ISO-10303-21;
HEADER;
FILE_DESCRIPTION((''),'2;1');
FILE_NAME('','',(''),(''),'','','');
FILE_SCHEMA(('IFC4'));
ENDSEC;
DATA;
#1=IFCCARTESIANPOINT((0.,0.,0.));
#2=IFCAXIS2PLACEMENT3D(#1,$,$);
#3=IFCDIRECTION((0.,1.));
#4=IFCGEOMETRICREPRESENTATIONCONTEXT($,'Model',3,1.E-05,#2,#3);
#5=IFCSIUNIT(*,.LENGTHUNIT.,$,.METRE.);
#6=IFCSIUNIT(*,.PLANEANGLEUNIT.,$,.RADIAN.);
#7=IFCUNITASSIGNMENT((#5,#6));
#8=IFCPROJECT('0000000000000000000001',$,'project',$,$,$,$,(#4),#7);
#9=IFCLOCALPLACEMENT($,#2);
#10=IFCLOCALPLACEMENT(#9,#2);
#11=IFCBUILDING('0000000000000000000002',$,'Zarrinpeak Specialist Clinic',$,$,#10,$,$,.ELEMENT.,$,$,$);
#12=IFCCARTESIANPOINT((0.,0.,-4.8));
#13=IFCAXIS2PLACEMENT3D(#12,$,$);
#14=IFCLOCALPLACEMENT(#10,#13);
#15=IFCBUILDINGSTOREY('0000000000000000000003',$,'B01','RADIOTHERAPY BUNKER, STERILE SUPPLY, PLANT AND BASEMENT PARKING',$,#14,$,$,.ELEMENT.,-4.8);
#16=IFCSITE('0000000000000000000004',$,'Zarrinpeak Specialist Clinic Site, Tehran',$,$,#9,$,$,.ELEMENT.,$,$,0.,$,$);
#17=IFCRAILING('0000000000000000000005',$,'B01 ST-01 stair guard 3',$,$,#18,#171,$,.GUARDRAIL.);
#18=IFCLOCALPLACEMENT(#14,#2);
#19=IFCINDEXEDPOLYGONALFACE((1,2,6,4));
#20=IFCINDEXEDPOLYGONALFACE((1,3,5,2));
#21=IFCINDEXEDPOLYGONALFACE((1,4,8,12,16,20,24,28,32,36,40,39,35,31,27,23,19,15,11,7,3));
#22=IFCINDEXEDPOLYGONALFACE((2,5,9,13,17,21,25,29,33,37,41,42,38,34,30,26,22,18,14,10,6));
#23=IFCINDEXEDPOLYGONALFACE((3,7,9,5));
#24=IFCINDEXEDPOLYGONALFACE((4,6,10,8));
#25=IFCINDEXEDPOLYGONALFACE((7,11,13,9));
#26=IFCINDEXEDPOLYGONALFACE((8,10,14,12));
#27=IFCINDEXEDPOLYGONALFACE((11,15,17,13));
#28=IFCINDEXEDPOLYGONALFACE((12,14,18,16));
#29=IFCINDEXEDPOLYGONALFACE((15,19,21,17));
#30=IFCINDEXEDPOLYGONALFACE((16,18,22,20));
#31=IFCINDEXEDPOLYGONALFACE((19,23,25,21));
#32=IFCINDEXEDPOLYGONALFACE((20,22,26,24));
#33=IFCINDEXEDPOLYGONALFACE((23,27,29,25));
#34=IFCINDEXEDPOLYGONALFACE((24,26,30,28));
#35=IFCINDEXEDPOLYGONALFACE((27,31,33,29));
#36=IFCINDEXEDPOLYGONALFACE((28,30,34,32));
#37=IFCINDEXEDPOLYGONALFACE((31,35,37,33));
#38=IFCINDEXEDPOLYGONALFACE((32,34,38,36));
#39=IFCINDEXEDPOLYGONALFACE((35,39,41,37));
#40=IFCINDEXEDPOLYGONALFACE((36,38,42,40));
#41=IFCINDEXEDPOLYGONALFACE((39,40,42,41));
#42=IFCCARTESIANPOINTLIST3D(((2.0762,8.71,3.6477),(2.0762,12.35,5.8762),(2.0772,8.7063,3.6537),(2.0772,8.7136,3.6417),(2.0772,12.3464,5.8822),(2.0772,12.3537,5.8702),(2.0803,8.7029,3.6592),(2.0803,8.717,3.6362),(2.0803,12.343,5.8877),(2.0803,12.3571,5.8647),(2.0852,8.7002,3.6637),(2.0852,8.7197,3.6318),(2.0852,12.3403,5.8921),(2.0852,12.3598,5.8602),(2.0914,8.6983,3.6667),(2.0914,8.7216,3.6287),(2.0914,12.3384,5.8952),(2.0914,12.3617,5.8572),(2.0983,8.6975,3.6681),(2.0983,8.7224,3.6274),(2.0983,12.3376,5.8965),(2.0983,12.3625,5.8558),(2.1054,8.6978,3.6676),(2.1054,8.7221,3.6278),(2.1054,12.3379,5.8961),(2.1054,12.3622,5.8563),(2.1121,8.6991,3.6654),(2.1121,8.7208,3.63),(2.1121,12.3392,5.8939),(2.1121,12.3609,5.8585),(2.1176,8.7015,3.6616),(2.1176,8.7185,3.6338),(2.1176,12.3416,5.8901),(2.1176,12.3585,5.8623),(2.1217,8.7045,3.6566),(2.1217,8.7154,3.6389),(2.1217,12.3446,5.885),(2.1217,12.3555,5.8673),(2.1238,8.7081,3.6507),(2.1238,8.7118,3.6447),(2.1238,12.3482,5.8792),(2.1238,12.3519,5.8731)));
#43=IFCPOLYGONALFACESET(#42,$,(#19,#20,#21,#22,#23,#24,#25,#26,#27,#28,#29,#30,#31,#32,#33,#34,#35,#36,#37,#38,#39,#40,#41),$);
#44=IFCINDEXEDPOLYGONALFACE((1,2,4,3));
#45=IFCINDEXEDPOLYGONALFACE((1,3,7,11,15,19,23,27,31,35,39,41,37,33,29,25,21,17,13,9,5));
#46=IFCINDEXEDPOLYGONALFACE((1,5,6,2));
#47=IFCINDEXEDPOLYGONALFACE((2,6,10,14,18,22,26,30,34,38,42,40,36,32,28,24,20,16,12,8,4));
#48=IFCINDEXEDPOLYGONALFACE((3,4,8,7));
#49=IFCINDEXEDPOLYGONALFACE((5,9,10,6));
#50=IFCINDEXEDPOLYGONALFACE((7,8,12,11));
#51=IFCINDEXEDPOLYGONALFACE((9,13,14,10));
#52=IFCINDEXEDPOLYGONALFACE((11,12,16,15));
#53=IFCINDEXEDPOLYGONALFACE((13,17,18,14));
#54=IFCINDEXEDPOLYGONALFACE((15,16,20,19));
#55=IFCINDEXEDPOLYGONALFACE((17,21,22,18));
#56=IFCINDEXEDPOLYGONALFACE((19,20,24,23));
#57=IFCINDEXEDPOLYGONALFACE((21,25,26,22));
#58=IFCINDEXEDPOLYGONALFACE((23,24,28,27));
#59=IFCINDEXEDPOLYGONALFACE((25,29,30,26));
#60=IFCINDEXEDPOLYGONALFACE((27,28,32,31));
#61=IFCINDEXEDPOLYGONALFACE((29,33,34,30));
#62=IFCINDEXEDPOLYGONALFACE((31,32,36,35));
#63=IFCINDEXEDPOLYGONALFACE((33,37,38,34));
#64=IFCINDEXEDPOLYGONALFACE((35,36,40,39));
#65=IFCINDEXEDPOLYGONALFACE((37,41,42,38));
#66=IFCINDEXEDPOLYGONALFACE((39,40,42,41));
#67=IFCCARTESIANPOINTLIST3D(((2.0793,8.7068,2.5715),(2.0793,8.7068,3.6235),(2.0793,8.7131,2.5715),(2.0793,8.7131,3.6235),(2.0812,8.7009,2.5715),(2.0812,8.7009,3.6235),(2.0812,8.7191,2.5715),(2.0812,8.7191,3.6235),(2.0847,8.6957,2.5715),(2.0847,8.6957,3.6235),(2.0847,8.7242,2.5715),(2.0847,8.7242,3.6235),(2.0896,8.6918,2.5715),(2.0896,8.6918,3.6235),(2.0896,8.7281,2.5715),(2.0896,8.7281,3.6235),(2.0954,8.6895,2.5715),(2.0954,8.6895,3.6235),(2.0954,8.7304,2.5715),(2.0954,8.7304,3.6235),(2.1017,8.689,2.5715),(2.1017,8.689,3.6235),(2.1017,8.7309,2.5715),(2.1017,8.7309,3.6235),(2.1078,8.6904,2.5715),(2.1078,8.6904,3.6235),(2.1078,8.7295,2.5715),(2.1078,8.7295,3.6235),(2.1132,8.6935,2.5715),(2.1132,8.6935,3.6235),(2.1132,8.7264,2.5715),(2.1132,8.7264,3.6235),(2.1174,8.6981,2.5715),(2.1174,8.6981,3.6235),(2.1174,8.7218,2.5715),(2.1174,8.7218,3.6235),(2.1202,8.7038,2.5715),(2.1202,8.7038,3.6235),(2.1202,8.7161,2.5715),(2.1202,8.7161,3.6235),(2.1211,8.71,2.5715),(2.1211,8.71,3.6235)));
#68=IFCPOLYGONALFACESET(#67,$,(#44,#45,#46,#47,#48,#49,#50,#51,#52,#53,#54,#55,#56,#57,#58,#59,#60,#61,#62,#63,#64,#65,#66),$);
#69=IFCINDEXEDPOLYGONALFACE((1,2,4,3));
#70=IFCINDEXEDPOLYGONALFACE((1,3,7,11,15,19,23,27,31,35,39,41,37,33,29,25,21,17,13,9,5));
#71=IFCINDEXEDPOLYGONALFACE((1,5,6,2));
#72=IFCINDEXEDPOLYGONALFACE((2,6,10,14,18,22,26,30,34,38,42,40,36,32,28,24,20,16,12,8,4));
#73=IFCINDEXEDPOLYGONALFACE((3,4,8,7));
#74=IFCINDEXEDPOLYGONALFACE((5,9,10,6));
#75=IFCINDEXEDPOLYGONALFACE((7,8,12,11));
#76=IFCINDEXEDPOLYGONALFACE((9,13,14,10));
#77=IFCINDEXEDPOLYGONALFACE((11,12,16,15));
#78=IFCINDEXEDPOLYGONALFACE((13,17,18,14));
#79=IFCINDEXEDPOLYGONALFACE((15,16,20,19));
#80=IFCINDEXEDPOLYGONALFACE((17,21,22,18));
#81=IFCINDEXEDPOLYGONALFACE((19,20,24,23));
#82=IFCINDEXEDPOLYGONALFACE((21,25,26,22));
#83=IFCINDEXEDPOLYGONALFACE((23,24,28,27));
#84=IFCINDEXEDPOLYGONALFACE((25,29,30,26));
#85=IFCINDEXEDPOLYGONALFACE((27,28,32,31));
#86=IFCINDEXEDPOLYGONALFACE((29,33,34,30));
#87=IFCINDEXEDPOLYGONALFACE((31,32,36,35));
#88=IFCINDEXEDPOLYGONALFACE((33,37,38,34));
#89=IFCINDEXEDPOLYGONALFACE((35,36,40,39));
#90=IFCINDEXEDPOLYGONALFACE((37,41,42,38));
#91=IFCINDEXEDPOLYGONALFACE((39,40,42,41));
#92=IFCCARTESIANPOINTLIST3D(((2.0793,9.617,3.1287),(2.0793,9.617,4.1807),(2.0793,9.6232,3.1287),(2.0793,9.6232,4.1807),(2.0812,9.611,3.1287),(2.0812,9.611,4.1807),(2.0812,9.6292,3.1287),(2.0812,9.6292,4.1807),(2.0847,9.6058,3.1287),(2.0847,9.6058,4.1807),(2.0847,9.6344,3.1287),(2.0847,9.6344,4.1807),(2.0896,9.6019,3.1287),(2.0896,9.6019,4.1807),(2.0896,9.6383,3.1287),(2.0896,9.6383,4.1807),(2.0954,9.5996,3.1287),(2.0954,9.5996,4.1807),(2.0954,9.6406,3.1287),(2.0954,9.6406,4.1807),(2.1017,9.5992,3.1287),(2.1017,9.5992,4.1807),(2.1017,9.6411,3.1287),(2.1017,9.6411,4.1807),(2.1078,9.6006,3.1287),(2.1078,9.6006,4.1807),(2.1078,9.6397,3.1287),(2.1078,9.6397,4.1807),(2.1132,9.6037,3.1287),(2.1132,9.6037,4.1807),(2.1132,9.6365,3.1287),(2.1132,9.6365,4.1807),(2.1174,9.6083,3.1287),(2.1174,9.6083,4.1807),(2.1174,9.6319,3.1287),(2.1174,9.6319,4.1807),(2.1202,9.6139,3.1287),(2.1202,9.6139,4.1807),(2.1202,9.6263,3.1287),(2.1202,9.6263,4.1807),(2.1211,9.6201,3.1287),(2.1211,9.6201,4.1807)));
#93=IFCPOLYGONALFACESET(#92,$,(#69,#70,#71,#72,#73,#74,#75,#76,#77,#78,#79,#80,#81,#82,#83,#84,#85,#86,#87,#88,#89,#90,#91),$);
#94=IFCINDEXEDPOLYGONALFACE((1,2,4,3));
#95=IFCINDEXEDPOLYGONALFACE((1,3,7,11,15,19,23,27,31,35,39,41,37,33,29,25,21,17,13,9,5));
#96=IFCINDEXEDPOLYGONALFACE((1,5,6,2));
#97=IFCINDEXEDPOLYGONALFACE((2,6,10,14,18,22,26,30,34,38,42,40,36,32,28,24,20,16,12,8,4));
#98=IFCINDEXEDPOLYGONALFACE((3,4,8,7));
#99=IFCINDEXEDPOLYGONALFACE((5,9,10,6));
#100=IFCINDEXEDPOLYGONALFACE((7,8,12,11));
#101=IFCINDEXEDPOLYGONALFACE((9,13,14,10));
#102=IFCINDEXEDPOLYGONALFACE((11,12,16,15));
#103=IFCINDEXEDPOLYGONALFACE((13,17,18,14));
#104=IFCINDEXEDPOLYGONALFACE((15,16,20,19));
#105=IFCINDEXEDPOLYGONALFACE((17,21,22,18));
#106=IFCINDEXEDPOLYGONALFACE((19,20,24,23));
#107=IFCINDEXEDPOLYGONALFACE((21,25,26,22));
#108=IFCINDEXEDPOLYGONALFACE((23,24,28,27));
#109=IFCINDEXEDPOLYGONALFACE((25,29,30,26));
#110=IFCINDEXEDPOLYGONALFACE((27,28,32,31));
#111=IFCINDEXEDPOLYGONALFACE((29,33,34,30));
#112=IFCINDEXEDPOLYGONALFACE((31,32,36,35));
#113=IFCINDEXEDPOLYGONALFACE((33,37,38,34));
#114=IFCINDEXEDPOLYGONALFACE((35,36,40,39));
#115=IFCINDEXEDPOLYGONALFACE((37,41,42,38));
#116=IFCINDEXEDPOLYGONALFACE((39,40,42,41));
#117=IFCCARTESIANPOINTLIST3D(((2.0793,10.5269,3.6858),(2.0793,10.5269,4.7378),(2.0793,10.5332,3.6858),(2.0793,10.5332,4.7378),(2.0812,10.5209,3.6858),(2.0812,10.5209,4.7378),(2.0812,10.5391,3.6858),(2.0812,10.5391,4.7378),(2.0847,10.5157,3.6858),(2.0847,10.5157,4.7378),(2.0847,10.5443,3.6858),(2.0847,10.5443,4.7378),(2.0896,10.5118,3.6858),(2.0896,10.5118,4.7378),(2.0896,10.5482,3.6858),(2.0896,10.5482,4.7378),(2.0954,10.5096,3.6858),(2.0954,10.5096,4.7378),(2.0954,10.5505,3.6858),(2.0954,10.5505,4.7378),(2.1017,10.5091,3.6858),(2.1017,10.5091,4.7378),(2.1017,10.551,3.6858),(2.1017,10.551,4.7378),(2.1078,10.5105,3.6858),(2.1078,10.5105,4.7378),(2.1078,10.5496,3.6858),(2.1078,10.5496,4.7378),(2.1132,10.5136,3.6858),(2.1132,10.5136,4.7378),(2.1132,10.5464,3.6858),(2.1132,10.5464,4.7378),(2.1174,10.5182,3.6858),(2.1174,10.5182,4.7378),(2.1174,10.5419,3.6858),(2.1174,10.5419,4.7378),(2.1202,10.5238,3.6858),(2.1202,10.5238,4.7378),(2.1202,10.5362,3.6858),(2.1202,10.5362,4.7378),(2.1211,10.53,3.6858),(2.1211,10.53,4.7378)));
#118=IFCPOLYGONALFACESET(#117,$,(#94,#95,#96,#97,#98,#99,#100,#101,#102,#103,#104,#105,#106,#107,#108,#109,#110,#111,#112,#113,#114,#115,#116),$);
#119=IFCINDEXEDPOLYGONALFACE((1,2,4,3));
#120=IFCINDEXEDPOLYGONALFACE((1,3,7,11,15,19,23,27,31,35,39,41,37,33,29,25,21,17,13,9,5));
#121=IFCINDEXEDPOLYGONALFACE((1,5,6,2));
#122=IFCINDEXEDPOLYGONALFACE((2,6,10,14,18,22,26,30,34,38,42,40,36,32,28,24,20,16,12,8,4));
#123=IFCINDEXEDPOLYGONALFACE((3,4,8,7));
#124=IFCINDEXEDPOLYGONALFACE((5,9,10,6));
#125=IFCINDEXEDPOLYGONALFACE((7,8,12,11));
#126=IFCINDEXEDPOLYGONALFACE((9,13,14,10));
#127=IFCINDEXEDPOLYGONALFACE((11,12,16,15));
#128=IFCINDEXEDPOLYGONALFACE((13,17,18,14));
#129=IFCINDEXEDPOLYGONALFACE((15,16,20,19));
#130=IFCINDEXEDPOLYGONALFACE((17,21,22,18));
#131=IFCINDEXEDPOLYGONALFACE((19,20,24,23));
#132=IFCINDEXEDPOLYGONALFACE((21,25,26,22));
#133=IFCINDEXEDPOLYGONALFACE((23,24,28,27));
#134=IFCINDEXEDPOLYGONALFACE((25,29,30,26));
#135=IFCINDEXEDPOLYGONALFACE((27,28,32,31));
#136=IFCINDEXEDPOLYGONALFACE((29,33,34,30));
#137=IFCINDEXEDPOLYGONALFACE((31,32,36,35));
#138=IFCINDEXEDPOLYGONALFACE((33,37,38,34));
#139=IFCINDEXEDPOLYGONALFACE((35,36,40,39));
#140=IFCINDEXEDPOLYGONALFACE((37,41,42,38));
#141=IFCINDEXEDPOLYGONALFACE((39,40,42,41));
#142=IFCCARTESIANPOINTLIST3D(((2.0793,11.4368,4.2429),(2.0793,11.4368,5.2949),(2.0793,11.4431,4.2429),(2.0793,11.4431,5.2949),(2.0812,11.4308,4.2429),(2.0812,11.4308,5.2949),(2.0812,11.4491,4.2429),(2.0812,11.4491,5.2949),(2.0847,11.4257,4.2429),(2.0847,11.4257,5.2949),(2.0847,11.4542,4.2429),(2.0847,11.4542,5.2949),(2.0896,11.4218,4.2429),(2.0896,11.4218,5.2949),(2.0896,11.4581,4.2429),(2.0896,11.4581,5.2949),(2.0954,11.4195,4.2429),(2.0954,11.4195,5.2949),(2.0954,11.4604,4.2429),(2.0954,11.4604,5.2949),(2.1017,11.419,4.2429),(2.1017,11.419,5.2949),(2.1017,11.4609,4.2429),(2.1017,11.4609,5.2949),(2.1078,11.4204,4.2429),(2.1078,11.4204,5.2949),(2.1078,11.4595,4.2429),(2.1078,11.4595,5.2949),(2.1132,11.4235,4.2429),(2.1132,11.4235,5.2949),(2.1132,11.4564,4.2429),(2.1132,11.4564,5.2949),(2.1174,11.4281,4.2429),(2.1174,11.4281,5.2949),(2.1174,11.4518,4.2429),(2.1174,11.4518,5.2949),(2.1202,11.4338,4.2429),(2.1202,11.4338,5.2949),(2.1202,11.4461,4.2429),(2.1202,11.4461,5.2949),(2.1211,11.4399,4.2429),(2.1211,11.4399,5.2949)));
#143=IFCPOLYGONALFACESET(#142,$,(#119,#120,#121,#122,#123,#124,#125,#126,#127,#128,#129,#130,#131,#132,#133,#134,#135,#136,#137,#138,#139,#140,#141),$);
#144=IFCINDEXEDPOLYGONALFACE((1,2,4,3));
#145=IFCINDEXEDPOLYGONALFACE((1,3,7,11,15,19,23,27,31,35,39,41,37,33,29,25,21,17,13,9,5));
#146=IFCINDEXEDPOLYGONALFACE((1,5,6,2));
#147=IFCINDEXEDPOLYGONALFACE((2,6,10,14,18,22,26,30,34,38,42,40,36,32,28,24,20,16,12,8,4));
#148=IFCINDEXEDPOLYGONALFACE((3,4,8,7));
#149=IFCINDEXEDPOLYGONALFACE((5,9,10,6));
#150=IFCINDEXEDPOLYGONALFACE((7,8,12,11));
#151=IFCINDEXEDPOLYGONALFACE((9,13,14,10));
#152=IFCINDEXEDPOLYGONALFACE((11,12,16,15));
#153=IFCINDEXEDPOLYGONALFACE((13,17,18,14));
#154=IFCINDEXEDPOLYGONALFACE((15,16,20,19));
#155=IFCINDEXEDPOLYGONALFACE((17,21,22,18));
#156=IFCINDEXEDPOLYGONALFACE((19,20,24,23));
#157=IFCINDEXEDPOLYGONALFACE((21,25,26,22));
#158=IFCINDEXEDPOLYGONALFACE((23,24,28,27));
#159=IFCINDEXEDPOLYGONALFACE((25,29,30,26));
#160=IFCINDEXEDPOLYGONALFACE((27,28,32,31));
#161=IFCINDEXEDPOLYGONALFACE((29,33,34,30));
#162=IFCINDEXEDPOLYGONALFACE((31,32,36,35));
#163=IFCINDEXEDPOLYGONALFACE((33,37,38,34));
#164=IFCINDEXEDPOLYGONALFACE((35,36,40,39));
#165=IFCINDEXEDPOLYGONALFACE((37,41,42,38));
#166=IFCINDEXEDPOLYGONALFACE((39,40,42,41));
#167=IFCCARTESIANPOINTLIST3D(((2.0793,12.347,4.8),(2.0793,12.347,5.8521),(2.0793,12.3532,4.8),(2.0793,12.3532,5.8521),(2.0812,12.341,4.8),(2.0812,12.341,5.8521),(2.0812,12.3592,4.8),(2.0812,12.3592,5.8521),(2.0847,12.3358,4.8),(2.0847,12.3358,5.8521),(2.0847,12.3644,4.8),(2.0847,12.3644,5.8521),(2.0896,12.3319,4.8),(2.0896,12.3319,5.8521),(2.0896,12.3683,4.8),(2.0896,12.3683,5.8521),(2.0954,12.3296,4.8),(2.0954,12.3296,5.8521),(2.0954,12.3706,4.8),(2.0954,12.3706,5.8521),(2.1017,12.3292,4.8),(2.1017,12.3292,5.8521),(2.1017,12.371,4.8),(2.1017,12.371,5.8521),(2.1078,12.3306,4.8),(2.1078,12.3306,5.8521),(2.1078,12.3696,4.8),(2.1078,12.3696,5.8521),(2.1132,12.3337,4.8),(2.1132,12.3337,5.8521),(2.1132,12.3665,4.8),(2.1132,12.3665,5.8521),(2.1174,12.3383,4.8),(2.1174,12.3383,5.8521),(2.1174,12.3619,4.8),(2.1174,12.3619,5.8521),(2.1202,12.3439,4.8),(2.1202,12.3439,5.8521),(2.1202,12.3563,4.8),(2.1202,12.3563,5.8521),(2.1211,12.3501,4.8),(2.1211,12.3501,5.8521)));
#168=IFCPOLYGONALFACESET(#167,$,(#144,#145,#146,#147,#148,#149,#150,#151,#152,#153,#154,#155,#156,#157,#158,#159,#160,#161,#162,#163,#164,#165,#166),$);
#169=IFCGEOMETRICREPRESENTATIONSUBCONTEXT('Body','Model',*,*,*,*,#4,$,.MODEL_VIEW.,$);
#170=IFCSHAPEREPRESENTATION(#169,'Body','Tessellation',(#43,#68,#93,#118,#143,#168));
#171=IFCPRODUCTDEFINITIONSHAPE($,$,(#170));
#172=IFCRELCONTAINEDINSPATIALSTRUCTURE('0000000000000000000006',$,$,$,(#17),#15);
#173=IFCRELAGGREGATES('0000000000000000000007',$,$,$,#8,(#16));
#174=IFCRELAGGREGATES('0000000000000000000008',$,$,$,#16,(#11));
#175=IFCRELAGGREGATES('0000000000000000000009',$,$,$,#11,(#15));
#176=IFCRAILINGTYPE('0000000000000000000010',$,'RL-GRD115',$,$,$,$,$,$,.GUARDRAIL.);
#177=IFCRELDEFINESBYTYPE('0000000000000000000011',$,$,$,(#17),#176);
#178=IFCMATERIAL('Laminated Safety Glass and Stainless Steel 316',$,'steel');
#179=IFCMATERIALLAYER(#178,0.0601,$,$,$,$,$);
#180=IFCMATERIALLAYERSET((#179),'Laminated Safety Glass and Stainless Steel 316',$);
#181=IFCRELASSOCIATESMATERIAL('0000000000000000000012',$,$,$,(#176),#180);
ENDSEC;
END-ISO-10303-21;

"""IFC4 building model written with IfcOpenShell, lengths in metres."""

from ifc_helpers import new_model, si_unit, direction, frame, origin, origin_2d, place, context, subcontext, project, spatial, circle, extrude, material, layer, layer_set, type_object, element, save


model = new_model("IFC4")

# Units and contexts
model_context = context("Model", 3, precision=1e-05, world=origin(), true_north=direction((0.0, 1.0)))
body_context = subcontext(model_context, "Body", "Model", "MODEL_VIEW")
ifc_project = project(units=[si_unit("LENGTHUNIT", "METRE"), si_unit("PLANEANGLEUNIT", "RADIAN")], contexts=[model_context])

# Site, building, storey
site_placement = place(None, origin())
site = spatial("IfcSite", under=ifc_project, at=site_placement, Name="Zarrinpeak Specialist Clinic Site, Tehran", CompositionType="ELEMENT", RefElevation=0.0)
building_placement = place(site_placement, origin())
building = spatial("IfcBuilding", under=site, at=building_placement, Name="Zarrinpeak Specialist Clinic", CompositionType="ELEMENT")
storey_placement = place(building_placement, frame((0.0, 0.0, -4.8)))
storey = spatial("IfcBuildingStorey", under=building, at=storey_placement, Name="B01", Description="RADIOTHERAPY BUNKER, STERILE SUPPLY, PLANT AND BASEMENT PARKING", CompositionType="ELEMENT", Elevation=-4.8)

# Railing
ifc_material_1 = material(Name="Laminated Safety Glass and Stainless Steel 316", Category="steel")
ifc_layer_1 = layer(ifc_material_1, 0.0601)
ifc_layer_set_1 = layer_set([ifc_layer_1], Name="Laminated Safety Glass and Stainless Steel 316")
railing_type_1 = type_object("IfcRailingType", Name="RL-GRD115", PredefinedType="GUARDRAIL", material=ifc_layer_set_1)
railing_1_placement = place(storey_placement, frame((2.1001, 8.71, 2.5715)))
element("IfcRailing", 1, at=railing_1_placement, inside=storey, type_object=railing_type_1, Name="B01 ST-01 stair guard 3", PredefinedType="GUARDRAIL", context=body_context, shape_type="SweptSolid", body=[
    extrude(circle(Radius=0.0239, at=origin_2d()), frame((0.0, 0.0, 1.0762), z_axis=(0.0, 0.852866, 0.52213), x_axis=(-1.0, 0.0, 0.0)), (0.0, 0.0, 1.0), 4.2681),
    extrude(circle(Radius=0.021, at=origin_2d()), origin(), (0.0, 0.0, 1.0), 1.052),
    extrude(circle(Radius=0.021, at=origin_2d()), frame((0.0, 0.9102, 0.5571)), (0.0, 0.0, 1.0), 1.052),
    extrude(circle(Radius=0.021, at=origin_2d()), frame((0.0, 1.8201, 1.1143)), (0.0, 0.0, 1.0), 1.052),
    extrude(circle(Radius=0.021, at=origin_2d()), frame((0.0, 2.73, 1.6714)), (0.0, 0.0, 1.0), 1.052),
    extrude(circle(Radius=0.021, at=origin_2d()), frame((0.0, 3.6401, 2.2285)), (0.0, 0.0, 1.0), 1.052),
])

save(model, "model.ifc")
